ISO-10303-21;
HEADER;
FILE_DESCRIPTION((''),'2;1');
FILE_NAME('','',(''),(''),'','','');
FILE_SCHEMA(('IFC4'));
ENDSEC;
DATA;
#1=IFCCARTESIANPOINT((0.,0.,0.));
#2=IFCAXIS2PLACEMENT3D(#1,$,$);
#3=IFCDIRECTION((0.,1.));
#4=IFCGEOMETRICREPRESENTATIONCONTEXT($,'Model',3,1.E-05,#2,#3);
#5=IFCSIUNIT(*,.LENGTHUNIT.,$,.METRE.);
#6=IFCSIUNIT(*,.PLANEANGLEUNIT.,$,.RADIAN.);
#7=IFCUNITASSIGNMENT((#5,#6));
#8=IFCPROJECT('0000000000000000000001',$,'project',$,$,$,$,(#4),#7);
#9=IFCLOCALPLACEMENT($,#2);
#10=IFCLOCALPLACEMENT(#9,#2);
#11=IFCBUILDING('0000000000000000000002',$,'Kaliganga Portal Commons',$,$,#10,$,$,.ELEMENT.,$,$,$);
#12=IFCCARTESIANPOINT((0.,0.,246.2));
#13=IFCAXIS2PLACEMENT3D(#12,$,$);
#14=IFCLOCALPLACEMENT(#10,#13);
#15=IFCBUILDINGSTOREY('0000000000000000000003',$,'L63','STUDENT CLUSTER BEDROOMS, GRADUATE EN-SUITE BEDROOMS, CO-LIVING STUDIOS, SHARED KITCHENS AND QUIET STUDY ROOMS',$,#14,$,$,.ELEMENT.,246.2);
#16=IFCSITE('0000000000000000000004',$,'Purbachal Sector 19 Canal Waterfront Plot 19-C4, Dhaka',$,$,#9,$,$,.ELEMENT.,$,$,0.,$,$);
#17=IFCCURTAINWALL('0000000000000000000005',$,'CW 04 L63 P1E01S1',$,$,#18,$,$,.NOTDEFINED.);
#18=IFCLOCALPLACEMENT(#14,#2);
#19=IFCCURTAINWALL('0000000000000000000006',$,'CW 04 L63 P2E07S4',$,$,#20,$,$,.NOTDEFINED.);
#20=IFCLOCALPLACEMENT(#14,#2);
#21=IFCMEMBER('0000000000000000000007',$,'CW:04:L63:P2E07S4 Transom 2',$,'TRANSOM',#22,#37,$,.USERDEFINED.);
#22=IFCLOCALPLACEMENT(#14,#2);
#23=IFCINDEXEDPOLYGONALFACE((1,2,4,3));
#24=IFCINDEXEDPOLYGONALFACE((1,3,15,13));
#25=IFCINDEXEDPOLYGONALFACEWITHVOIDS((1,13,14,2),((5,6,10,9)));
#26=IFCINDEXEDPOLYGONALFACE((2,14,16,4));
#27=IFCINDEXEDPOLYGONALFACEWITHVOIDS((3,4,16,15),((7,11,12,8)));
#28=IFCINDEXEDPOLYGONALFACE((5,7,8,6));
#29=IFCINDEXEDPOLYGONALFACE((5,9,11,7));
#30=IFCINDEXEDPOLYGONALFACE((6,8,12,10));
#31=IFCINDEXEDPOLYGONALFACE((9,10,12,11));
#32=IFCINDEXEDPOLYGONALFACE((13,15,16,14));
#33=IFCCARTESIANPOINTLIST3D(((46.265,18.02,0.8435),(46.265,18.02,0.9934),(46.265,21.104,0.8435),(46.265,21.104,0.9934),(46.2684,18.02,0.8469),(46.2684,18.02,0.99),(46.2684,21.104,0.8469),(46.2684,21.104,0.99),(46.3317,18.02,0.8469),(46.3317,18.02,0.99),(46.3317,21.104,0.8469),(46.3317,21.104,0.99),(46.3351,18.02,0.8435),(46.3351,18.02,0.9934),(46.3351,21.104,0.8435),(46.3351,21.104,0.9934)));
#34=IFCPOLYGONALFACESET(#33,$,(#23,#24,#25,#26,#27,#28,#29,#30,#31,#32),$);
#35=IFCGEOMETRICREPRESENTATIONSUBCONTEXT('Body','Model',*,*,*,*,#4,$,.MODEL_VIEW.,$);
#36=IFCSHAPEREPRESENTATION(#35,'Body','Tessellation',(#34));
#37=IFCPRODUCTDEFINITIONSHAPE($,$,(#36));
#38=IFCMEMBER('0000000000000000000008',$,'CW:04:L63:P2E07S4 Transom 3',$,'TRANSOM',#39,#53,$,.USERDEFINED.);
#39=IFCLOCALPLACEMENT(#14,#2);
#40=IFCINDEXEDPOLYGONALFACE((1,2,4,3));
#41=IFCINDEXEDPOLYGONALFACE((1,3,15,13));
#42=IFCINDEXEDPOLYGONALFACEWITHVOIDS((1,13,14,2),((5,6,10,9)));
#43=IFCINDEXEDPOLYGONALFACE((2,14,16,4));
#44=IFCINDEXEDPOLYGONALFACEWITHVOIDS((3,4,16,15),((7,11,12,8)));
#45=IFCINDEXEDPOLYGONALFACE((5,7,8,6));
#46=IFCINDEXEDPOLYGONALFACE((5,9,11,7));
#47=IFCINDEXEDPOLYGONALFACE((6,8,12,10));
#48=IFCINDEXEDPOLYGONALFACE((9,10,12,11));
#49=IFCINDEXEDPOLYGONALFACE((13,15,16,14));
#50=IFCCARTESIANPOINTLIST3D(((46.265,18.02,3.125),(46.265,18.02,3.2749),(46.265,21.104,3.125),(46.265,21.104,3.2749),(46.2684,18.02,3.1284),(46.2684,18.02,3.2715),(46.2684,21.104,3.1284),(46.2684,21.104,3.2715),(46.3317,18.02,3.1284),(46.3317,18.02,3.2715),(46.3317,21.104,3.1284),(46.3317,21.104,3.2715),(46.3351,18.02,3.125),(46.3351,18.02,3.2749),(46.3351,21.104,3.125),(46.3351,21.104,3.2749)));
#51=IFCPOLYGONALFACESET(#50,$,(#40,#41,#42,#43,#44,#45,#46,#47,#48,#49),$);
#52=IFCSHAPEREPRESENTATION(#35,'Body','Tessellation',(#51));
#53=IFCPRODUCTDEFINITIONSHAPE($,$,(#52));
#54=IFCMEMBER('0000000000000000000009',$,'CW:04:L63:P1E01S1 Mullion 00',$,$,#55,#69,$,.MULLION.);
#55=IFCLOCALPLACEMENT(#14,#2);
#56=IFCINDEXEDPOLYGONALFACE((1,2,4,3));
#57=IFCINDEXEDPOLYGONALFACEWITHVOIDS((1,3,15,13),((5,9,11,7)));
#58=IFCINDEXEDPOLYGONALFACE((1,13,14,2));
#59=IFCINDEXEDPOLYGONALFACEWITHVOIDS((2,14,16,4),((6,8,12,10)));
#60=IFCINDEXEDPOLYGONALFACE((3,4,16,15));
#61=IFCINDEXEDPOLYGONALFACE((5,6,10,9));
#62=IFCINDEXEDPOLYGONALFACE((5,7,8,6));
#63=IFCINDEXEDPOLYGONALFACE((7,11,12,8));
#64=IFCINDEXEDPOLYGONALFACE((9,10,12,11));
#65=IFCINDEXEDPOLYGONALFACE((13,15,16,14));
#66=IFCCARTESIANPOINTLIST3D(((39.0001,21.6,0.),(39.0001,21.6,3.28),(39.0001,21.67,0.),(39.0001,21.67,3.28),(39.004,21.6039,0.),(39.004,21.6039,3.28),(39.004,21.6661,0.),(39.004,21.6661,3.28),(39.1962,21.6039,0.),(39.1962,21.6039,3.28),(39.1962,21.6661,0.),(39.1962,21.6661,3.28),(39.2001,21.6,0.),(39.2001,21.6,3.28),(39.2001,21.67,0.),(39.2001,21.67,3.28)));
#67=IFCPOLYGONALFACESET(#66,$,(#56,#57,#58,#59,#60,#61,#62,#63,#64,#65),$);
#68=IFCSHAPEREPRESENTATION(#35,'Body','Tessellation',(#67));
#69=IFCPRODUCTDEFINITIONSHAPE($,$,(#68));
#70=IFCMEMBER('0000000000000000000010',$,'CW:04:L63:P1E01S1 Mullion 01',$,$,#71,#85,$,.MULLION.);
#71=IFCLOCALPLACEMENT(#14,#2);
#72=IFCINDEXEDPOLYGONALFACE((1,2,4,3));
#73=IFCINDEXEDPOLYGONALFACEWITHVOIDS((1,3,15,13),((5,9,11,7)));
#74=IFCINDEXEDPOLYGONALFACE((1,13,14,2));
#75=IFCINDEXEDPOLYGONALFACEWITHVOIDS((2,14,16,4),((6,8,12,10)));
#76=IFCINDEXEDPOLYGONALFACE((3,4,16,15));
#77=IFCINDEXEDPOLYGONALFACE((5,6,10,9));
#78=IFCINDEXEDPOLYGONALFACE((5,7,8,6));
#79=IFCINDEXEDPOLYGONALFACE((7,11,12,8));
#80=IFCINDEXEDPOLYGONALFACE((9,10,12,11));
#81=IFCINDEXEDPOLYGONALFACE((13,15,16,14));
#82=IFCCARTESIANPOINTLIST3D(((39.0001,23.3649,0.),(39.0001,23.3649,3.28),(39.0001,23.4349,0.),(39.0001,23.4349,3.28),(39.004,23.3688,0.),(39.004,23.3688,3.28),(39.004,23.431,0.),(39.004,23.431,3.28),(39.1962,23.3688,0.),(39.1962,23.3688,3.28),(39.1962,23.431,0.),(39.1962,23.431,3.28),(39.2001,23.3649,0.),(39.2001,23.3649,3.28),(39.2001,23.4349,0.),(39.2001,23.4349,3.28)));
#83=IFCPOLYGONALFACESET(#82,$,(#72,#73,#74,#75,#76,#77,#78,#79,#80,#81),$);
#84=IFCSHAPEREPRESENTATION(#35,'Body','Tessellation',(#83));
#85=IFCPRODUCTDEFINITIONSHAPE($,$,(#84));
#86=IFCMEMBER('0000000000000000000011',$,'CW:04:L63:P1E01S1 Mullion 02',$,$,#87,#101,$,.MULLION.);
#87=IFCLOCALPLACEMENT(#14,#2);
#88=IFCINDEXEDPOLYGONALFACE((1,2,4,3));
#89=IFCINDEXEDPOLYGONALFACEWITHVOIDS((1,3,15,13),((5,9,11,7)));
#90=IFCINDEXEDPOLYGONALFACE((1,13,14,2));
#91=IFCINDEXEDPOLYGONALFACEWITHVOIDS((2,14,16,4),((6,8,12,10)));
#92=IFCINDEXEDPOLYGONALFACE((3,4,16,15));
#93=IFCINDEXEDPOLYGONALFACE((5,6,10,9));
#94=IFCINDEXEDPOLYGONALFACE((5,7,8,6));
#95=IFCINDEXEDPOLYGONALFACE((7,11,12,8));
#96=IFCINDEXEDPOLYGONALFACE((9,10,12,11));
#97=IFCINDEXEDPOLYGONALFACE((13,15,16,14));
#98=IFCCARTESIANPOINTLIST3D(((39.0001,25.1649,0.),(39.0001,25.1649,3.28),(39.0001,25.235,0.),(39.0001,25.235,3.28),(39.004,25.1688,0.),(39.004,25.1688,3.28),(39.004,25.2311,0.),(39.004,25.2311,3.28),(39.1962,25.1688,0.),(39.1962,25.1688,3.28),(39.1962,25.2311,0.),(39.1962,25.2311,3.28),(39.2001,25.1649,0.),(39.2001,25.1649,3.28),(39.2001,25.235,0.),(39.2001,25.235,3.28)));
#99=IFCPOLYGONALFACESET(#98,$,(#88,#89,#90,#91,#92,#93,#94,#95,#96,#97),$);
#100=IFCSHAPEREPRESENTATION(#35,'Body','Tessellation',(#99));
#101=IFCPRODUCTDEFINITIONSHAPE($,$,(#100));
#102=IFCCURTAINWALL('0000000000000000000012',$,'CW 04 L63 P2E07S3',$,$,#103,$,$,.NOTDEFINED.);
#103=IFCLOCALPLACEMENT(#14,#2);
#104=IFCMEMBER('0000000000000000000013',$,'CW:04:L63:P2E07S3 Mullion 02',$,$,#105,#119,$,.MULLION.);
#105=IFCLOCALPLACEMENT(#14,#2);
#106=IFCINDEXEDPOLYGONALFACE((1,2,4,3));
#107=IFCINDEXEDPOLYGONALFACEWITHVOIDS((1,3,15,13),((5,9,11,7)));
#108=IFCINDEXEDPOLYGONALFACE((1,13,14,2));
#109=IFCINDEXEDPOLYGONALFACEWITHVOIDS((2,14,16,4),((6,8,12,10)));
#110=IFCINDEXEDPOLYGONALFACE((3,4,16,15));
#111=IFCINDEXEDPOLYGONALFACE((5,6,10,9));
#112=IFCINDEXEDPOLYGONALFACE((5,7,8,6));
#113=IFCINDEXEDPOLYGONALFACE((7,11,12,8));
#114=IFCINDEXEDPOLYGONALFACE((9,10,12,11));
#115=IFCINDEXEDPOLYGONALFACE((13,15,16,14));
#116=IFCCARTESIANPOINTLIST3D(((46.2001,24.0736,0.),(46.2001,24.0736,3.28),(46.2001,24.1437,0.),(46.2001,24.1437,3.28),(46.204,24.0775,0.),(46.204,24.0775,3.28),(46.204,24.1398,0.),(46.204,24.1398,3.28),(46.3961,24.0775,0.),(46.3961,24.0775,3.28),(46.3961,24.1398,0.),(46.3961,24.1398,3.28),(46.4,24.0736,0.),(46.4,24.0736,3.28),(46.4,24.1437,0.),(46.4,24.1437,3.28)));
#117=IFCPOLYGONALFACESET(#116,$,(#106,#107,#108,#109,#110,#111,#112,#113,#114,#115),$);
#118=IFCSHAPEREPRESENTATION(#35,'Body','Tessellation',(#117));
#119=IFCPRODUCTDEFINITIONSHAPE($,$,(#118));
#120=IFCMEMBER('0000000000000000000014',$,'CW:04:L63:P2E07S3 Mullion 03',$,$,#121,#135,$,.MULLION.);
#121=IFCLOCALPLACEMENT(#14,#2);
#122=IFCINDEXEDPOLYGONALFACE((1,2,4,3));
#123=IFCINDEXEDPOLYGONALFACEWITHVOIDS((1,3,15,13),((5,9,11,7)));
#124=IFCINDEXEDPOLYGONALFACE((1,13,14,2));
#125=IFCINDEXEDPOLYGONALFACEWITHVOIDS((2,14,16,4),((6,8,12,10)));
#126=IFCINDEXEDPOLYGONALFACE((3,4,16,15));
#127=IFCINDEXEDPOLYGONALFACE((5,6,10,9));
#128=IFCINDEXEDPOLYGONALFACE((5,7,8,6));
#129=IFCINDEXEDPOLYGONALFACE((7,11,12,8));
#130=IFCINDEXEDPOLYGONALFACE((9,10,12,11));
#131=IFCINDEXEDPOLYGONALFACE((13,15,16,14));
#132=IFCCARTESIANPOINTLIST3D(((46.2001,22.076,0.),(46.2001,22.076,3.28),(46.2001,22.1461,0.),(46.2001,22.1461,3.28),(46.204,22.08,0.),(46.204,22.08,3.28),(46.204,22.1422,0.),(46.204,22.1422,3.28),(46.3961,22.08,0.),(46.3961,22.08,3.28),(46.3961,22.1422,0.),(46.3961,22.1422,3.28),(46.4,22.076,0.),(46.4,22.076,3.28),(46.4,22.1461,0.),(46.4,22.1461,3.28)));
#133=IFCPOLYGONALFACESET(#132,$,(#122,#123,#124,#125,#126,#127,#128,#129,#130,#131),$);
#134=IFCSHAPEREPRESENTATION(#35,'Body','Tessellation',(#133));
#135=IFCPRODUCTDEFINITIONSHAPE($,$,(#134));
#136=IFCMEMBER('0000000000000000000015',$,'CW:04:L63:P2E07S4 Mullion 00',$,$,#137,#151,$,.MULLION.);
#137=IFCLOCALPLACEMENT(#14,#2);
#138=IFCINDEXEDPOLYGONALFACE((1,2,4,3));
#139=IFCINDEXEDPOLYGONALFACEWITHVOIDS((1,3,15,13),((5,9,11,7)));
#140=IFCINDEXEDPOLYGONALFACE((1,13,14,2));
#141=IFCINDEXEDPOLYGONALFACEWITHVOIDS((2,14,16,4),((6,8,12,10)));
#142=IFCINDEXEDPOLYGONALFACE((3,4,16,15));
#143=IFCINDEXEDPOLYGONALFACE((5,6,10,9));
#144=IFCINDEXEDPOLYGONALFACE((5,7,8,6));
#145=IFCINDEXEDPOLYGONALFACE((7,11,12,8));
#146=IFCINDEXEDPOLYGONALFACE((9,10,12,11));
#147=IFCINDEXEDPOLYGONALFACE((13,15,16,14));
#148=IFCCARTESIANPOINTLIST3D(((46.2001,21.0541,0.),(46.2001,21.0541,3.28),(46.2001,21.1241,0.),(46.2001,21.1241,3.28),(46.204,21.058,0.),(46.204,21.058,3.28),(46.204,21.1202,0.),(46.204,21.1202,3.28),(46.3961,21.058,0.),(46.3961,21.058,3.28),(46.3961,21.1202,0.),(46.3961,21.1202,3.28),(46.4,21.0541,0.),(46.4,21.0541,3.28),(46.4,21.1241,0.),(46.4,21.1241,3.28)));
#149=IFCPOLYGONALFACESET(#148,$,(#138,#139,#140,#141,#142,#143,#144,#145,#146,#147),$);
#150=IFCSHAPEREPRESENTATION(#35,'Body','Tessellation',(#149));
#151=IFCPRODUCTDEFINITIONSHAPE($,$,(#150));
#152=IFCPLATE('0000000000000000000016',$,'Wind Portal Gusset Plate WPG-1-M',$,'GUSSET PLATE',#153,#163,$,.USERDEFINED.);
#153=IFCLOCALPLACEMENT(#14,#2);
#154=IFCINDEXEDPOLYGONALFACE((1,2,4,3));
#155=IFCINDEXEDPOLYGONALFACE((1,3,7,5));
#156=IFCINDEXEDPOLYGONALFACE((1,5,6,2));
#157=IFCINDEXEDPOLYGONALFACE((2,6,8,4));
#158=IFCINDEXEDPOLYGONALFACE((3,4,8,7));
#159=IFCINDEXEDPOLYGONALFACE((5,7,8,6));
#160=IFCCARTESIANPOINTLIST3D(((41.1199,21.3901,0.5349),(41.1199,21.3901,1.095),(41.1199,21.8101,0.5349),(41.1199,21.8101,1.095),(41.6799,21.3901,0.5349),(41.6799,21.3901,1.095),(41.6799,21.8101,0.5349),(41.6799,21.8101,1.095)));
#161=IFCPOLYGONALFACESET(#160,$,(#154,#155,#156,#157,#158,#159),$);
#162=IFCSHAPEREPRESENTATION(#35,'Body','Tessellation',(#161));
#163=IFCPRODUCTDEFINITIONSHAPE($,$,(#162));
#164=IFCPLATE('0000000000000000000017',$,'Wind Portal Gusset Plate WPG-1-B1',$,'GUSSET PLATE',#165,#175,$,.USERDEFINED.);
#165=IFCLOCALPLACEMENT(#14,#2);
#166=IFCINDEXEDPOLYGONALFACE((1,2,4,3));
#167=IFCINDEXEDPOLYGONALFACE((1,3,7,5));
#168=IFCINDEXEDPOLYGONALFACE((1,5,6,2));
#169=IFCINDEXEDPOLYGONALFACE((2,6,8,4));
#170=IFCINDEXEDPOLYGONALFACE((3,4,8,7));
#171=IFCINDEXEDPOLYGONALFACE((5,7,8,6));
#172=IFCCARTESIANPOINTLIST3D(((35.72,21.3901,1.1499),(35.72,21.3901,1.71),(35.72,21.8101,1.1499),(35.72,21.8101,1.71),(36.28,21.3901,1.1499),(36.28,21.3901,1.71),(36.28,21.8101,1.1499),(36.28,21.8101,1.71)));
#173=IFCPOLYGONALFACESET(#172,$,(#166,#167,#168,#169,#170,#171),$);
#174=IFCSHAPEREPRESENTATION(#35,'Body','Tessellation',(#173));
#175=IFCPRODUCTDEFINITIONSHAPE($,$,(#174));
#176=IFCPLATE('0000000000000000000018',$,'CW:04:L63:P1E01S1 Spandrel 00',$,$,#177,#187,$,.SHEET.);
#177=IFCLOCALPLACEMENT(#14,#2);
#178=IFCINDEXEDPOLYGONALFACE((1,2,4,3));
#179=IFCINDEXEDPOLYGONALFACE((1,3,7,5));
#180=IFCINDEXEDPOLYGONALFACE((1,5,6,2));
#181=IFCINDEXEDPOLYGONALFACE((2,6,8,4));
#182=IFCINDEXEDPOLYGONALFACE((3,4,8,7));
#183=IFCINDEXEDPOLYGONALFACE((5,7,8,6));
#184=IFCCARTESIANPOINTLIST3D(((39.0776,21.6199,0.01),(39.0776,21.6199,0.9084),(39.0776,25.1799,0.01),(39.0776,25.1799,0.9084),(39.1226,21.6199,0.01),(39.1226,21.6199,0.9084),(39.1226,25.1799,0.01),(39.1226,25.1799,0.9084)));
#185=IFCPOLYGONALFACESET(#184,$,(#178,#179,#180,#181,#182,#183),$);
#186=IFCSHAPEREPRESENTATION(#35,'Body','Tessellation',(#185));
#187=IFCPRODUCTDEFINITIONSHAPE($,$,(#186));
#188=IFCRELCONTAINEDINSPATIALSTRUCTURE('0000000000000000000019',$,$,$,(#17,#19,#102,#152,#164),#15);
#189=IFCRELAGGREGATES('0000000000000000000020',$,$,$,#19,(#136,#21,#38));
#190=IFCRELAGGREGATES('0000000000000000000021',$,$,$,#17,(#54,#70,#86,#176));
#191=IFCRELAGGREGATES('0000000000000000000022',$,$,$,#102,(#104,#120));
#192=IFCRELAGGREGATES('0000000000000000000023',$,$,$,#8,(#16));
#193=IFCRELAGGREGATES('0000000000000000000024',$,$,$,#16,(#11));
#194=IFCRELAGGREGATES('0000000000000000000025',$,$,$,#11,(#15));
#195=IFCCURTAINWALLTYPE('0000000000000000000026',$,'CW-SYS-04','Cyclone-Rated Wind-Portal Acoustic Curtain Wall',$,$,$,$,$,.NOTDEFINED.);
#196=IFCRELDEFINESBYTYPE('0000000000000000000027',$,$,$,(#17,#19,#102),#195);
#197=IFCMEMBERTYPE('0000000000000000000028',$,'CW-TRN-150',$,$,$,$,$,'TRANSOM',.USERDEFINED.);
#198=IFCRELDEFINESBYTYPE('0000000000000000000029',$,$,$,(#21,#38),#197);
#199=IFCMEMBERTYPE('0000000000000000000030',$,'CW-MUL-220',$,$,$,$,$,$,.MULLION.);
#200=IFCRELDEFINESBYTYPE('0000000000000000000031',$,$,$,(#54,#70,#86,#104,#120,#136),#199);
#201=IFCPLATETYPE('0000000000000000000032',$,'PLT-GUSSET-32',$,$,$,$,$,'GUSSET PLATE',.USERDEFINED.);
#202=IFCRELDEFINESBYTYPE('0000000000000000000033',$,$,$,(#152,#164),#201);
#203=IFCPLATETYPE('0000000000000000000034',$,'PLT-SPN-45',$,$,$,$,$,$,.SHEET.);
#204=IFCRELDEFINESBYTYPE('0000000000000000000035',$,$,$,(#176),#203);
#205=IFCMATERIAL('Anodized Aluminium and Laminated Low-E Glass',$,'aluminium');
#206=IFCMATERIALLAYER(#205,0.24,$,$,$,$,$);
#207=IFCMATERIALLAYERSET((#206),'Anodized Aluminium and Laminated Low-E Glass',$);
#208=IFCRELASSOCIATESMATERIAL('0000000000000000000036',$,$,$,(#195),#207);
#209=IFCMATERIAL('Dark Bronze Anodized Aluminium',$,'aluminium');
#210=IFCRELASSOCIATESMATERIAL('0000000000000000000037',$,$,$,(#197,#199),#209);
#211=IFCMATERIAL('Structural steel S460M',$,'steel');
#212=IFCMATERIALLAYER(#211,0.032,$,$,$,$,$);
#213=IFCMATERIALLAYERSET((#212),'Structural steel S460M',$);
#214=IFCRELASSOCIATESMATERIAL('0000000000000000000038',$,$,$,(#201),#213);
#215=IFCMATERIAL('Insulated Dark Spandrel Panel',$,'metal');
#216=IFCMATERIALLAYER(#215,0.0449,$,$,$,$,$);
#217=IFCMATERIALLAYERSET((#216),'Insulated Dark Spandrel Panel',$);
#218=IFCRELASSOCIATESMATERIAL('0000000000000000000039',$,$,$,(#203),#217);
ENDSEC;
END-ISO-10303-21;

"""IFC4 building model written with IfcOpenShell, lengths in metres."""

from ifc_helpers import new_model, si_unit, direction, frame, origin, origin_2d, place, context, subcontext, project, spatial, rectangle, hollow_rectangle, extrude, source, transform, mapped, material, layer, layer_set, material_profile, profile_set, type_object, element, aggregate, save


model = new_model("IFC4")

# Units and contexts
model_context = context("Model", 3, precision=1e-05, world=origin(), true_north=direction((0.0, 1.0)))
body_context = subcontext(model_context, "Body", "Model", "MODEL_VIEW")
ifc_project = project(units=[si_unit("LENGTHUNIT", "METRE"), si_unit("PLANEANGLEUNIT", "RADIAN")], contexts=[model_context])

# Site, building, storey
site_placement = place(None, origin())
site = spatial("IfcSite", under=ifc_project, at=site_placement, Name="Purbachal Sector 19 Canal Waterfront Plot 19-C4, Dhaka", CompositionType="ELEMENT", RefElevation=0.0)
building_placement = place(site_placement, origin())
building = spatial("IfcBuilding", under=site, at=building_placement, Name="Kaliganga Portal Commons", CompositionType="ELEMENT")
storey_placement = place(building_placement, frame((0.0, 0.0, 246.2)))
storey = spatial("IfcBuildingStorey", under=building, at=storey_placement, Name="L63", Description="STUDENT CLUSTER BEDROOMS, GRADUATE EN-SUITE BEDROOMS, CO-LIVING STUDIOS, SHARED KITCHENS AND QUIET STUDY ROOMS", CompositionType="ELEMENT", Elevation=246.2)

# Shared definitions
ifc_material_1 = material(Name="Structural steel S460M", Category="steel")

# Curtain walls, members
ifc_material_2 = material(Name="Anodized Aluminium and Laminated Low-E Glass", Category="aluminium")
ifc_layer_1 = layer(ifc_material_2, 0.24)
ifc_layer_set_1 = layer_set([ifc_layer_1], Name="Anodized Aluminium and Laminated Low-E Glass")
curtain_wall_type = type_object("IfcCurtainWallType", Name="CW-SYS-04", Description="Cyclone-Rated Wind-Portal Acoustic Curtain Wall", PredefinedType="NOTDEFINED", material=ifc_layer_set_1)
curtain_wall_1_placement = place(storey_placement, origin())
curtain_wall_1 = element("IfcCurtainWall", 1, at=curtain_wall_1_placement, inside=storey, type_object=curtain_wall_type, Name="CW 04 L63 P1E01S1", PredefinedType="NOTDEFINED")
ifc_material_3 = material(Name="Dark Bronze Anodized Aluminium", Category="aluminium")
ifc_material_profile_1 = material_profile(ifc_material_3, hollow_rectangle(XDim=0.0701, YDim=0.1499, WallThickness=0.0034, at=origin_2d()), Name="ALU TRAN 70x150x3.5")
ifc_profile_set_1 = profile_set([ifc_material_profile_1], Name="Dark Bronze Anodized Aluminium")
member_type_1 = type_object("IfcMemberType", Name="CW-TRN-150", ElementType="TRANSOM", PredefinedType="USERDEFINED", material=ifc_profile_set_1)
curtain_wall_2_placement = place(storey_placement, origin())
curtain_wall_2 = element("IfcCurtainWall", 2, at=curtain_wall_2_placement, inside=storey, type_object=curtain_wall_type, Name="CW 04 L63 P2E07S4", PredefinedType="NOTDEFINED")
shared_shape_1 = source(origin(), body_context, "Body", "SweptSolid", [
    extrude(hollow_rectangle(XDim=0.0701, YDim=0.1499, WallThickness=0.0034, at=origin_2d()), origin(), (0.0, 0.0, 1.0), 3.084),
])
member_1_placement = place(storey_placement, frame((46.3, 21.104, 0.9185), z_axis=(0.0, -1.0, 0.0), x_axis=(1.0, 0.0, 0.0)))
member_1 = element("IfcMember", 3, at=member_1_placement, type_object=member_type_1, Name="CW:04:L63:P2E07S4 Transom 2", ObjectType="TRANSOM", PredefinedType="USERDEFINED", context=body_context, shape_type="MappedRepresentation", body=[
    mapped(shared_shape_1, transform((0.0, 0.0, 0.0), x_axis=(1.0, 0.0, 0.0), y_axis=(0.0, 1.0, 0.0), z_axis=(0.0, 0.0, 1.0), scale=1.0)),
])
member_2_placement = place(storey_placement, frame((46.3, 21.104, 3.2), z_axis=(0.0, -1.0, 0.0), x_axis=(1.0, 0.0, 0.0)))
member_2 = element("IfcMember", 4, at=member_2_placement, type_object=member_type_1, Name="CW:04:L63:P2E07S4 Transom 3", ObjectType="TRANSOM", PredefinedType="USERDEFINED", context=body_context, shape_type="MappedRepresentation", body=[
    mapped(shared_shape_1, transform((0.0, 0.0, 0.0), x_axis=(1.0, 0.0, 0.0), y_axis=(0.0, 1.0, 0.0), z_axis=(0.0, 0.0, 1.0), scale=1.0)),
])

# Members
ifc_material_profile_2 = material_profile(ifc_material_3, hollow_rectangle(XDim=0.0701, YDim=0.2, WallThickness=0.0039, at=origin_2d()), Name="ALU MULL 70x200x4")
ifc_profile_set_2 = profile_set([ifc_material_profile_2], Name="Dark Bronze Anodized Aluminium")
member_type_2 = type_object("IfcMemberType", Name="CW-MUL-220", PredefinedType="MULLION", material=ifc_profile_set_2)
shared_shape_2 = source(origin(), body_context, "Body", "SweptSolid", [
    extrude(hollow_rectangle(XDim=0.0701, YDim=0.2, WallThickness=0.0039, at=origin_2d()), origin(), (0.0, 0.0, 1.0), 3.28),
])
member_3_placement = place(storey_placement, frame((39.1001, 21.635, 0.0), z_axis=(0.0, 0.0, 1.0), x_axis=(0.0, 1.0, 0.0)))
member_3 = element("IfcMember", 5, at=member_3_placement, type_object=member_type_2, Name="CW:04:L63:P1E01S1 Mullion 00", PredefinedType="MULLION", context=body_context, shape_type="MappedRepresentation", body=[
    mapped(shared_shape_2, transform((0.0, 0.0, 0.0), x_axis=(1.0, 0.0, 0.0), y_axis=(0.0, 1.0, 0.0), z_axis=(0.0, 0.0, 1.0), scale=1.0)),
])
member_4_placement = place(storey_placement, frame((39.1001, 23.3999, 0.0), z_axis=(0.0, 0.0, 1.0), x_axis=(0.0, 1.0, 0.0)))
member_4 = element("IfcMember", 6, at=member_4_placement, type_object=member_type_2, Name="CW:04:L63:P1E01S1 Mullion 01", PredefinedType="MULLION", context=body_context, shape_type="MappedRepresentation", body=[
    mapped(shared_shape_2, transform((0.0, 0.0, 0.0), x_axis=(1.0, 0.0, 0.0), y_axis=(0.0, 1.0, 0.0), z_axis=(0.0, 0.0, 1.0), scale=1.0)),
])
member_5_placement = place(storey_placement, frame((39.1001, 25.2, 0.0), z_axis=(0.0, 0.0, 1.0), x_axis=(0.0, 1.0, 0.0)))
member_5 = element("IfcMember", 7, at=member_5_placement, type_object=member_type_2, Name="CW:04:L63:P1E01S1 Mullion 02", PredefinedType="MULLION", context=body_context, shape_type="MappedRepresentation", body=[
    mapped(shared_shape_2, transform((0.0, 0.0, 0.0), x_axis=(1.0, 0.0, 0.0), y_axis=(0.0, 1.0, 0.0), z_axis=(0.0, 0.0, 1.0), scale=1.0)),
])

# Curtain wall, members
curtain_wall_3_placement = place(storey_placement, origin())
curtain_wall_3 = element("IfcCurtainWall", 8, at=curtain_wall_3_placement, inside=storey, type_object=curtain_wall_type, Name="CW 04 L63 P2E07S3", PredefinedType="NOTDEFINED")
member_6_placement = place(storey_placement, frame((46.3, 24.1086, 0.0), z_axis=(0.0, 0.0, 1.0), x_axis=(0.0, -1.0, 0.0)))
member_6 = element("IfcMember", 9, at=member_6_placement, type_object=member_type_2, Name="CW:04:L63:P2E07S3 Mullion 02", PredefinedType="MULLION", context=body_context, shape_type="MappedRepresentation", body=[
    mapped(shared_shape_2, transform((0.0, 0.0, 0.0), x_axis=(1.0, 0.0, 0.0), y_axis=(0.0, 1.0, 0.0), z_axis=(0.0, 0.0, 1.0), scale=1.0)),
])
member_7_placement = place(storey_placement, frame((46.3, 22.1111, 0.0), z_axis=(0.0, 0.0, 1.0), x_axis=(0.0, -1.0, 0.0)))
member_7 = element("IfcMember", 10, at=member_7_placement, type_object=member_type_2, Name="CW:04:L63:P2E07S3 Mullion 03", PredefinedType="MULLION", context=body_context, shape_type="MappedRepresentation", body=[
    mapped(shared_shape_2, transform((0.0, 0.0, 0.0), x_axis=(1.0, 0.0, 0.0), y_axis=(0.0, 1.0, 0.0), z_axis=(0.0, 0.0, 1.0), scale=1.0)),
])

# Member
member_8_placement = place(storey_placement, frame((46.3, 21.0891, 0.0), z_axis=(0.0, 0.0, 1.0), x_axis=(0.0, -1.0, 0.0)))
member_8 = element("IfcMember", 11, at=member_8_placement, type_object=member_type_2, Name="CW:04:L63:P2E07S4 Mullion 00", PredefinedType="MULLION", context=body_context, shape_type="MappedRepresentation", body=[
    mapped(shared_shape_2, transform((0.0, 0.0, 0.0), x_axis=(1.0, 0.0, 0.0), y_axis=(0.0, 1.0, 0.0), z_axis=(0.0, 0.0, 1.0), scale=1.0)),
])
aggregate(curtain_wall_2, [member_8, member_1, member_2])

# Plates
ifc_layer_2 = layer(ifc_material_1, 0.032)
ifc_layer_set_2 = layer_set([ifc_layer_2], Name="Structural steel S460M")
plate_type_1 = type_object("IfcPlateType", Name="PLT-GUSSET-32", ElementType="GUSSET PLATE", PredefinedType="USERDEFINED", material=ifc_layer_set_2)
shared_shape_3 = source(origin(), body_context, "Body", "SweptSolid", [
    extrude(rectangle(XDim=0.5601, YDim=0.4199, at=origin_2d()), origin(), (0.0, 0.0, 1.0), 0.5601),
])
for number, where, z_axis, x_axis, name in (
    (12, (41.3999, 21.6001, 0.5349), (0.0, 0.0, 1.0), (1.0, 0.0, 0.0), "Wind Portal Gusset Plate WPG-1-M"),
    (13, (36.0, 21.6001, 1.1499), (0.0, 0.0, 1.0), (1.0, 0.0, 0.0), "Wind Portal Gusset Plate WPG-1-B1"),
):
    element("IfcPlate", number, at=place(storey_placement, frame(where, z_axis=z_axis, x_axis=x_axis)), inside=storey, type_object=plate_type_1, Name=name, ObjectType="GUSSET PLATE", PredefinedType="USERDEFINED", context=body_context, shape_type="MappedRepresentation", body=[
        mapped(shared_shape_3, transform((0.0, 0.0, 0.0), x_axis=(1.0, 0.0, 0.0), y_axis=(0.0, 1.0, 0.0), z_axis=(0.0, 0.0, 1.0), scale=1.0)),
    ])

# Plate
ifc_material_4 = material(Name="Insulated Dark Spandrel Panel", Category="metal")
ifc_layer_3 = layer(ifc_material_4, 0.0449)
ifc_layer_set_3 = layer_set([ifc_layer_3], Name="Insulated Dark Spandrel Panel")
plate_type_2 = type_object("IfcPlateType", Name="PLT-SPN-45", PredefinedType="SHEET", material=ifc_layer_set_3)
shared_shape_4 = source(origin(), body_context, "Body", "SweptSolid", [
    extrude(rectangle(XDim=3.5601, YDim=0.0449, at=origin_2d()), origin(), (0.0, 0.0, 1.0), 0.8984),
])
plate_1_placement = place(storey_placement, frame((39.1001, 23.3999, 0.01), z_axis=(0.0, 0.0, 1.0), x_axis=(0.0, 1.0, 0.0)))
plate_1 = element("IfcPlate", 14, at=plate_1_placement, type_object=plate_type_2, Name="CW:04:L63:P1E01S1 Spandrel 00", PredefinedType="SHEET", context=body_context, shape_type="MappedRepresentation", body=[
    mapped(shared_shape_4, transform((0.0, 0.0, 0.0), x_axis=(1.0, 0.0, 0.0), y_axis=(0.0, 1.0, 0.0), z_axis=(0.0, 0.0, 1.0), scale=1.0)),
])
aggregate(curtain_wall_1, [member_3, member_4, member_5, plate_1])
aggregate(curtain_wall_3, [member_6, member_7])

save(model, "model.ifc")
